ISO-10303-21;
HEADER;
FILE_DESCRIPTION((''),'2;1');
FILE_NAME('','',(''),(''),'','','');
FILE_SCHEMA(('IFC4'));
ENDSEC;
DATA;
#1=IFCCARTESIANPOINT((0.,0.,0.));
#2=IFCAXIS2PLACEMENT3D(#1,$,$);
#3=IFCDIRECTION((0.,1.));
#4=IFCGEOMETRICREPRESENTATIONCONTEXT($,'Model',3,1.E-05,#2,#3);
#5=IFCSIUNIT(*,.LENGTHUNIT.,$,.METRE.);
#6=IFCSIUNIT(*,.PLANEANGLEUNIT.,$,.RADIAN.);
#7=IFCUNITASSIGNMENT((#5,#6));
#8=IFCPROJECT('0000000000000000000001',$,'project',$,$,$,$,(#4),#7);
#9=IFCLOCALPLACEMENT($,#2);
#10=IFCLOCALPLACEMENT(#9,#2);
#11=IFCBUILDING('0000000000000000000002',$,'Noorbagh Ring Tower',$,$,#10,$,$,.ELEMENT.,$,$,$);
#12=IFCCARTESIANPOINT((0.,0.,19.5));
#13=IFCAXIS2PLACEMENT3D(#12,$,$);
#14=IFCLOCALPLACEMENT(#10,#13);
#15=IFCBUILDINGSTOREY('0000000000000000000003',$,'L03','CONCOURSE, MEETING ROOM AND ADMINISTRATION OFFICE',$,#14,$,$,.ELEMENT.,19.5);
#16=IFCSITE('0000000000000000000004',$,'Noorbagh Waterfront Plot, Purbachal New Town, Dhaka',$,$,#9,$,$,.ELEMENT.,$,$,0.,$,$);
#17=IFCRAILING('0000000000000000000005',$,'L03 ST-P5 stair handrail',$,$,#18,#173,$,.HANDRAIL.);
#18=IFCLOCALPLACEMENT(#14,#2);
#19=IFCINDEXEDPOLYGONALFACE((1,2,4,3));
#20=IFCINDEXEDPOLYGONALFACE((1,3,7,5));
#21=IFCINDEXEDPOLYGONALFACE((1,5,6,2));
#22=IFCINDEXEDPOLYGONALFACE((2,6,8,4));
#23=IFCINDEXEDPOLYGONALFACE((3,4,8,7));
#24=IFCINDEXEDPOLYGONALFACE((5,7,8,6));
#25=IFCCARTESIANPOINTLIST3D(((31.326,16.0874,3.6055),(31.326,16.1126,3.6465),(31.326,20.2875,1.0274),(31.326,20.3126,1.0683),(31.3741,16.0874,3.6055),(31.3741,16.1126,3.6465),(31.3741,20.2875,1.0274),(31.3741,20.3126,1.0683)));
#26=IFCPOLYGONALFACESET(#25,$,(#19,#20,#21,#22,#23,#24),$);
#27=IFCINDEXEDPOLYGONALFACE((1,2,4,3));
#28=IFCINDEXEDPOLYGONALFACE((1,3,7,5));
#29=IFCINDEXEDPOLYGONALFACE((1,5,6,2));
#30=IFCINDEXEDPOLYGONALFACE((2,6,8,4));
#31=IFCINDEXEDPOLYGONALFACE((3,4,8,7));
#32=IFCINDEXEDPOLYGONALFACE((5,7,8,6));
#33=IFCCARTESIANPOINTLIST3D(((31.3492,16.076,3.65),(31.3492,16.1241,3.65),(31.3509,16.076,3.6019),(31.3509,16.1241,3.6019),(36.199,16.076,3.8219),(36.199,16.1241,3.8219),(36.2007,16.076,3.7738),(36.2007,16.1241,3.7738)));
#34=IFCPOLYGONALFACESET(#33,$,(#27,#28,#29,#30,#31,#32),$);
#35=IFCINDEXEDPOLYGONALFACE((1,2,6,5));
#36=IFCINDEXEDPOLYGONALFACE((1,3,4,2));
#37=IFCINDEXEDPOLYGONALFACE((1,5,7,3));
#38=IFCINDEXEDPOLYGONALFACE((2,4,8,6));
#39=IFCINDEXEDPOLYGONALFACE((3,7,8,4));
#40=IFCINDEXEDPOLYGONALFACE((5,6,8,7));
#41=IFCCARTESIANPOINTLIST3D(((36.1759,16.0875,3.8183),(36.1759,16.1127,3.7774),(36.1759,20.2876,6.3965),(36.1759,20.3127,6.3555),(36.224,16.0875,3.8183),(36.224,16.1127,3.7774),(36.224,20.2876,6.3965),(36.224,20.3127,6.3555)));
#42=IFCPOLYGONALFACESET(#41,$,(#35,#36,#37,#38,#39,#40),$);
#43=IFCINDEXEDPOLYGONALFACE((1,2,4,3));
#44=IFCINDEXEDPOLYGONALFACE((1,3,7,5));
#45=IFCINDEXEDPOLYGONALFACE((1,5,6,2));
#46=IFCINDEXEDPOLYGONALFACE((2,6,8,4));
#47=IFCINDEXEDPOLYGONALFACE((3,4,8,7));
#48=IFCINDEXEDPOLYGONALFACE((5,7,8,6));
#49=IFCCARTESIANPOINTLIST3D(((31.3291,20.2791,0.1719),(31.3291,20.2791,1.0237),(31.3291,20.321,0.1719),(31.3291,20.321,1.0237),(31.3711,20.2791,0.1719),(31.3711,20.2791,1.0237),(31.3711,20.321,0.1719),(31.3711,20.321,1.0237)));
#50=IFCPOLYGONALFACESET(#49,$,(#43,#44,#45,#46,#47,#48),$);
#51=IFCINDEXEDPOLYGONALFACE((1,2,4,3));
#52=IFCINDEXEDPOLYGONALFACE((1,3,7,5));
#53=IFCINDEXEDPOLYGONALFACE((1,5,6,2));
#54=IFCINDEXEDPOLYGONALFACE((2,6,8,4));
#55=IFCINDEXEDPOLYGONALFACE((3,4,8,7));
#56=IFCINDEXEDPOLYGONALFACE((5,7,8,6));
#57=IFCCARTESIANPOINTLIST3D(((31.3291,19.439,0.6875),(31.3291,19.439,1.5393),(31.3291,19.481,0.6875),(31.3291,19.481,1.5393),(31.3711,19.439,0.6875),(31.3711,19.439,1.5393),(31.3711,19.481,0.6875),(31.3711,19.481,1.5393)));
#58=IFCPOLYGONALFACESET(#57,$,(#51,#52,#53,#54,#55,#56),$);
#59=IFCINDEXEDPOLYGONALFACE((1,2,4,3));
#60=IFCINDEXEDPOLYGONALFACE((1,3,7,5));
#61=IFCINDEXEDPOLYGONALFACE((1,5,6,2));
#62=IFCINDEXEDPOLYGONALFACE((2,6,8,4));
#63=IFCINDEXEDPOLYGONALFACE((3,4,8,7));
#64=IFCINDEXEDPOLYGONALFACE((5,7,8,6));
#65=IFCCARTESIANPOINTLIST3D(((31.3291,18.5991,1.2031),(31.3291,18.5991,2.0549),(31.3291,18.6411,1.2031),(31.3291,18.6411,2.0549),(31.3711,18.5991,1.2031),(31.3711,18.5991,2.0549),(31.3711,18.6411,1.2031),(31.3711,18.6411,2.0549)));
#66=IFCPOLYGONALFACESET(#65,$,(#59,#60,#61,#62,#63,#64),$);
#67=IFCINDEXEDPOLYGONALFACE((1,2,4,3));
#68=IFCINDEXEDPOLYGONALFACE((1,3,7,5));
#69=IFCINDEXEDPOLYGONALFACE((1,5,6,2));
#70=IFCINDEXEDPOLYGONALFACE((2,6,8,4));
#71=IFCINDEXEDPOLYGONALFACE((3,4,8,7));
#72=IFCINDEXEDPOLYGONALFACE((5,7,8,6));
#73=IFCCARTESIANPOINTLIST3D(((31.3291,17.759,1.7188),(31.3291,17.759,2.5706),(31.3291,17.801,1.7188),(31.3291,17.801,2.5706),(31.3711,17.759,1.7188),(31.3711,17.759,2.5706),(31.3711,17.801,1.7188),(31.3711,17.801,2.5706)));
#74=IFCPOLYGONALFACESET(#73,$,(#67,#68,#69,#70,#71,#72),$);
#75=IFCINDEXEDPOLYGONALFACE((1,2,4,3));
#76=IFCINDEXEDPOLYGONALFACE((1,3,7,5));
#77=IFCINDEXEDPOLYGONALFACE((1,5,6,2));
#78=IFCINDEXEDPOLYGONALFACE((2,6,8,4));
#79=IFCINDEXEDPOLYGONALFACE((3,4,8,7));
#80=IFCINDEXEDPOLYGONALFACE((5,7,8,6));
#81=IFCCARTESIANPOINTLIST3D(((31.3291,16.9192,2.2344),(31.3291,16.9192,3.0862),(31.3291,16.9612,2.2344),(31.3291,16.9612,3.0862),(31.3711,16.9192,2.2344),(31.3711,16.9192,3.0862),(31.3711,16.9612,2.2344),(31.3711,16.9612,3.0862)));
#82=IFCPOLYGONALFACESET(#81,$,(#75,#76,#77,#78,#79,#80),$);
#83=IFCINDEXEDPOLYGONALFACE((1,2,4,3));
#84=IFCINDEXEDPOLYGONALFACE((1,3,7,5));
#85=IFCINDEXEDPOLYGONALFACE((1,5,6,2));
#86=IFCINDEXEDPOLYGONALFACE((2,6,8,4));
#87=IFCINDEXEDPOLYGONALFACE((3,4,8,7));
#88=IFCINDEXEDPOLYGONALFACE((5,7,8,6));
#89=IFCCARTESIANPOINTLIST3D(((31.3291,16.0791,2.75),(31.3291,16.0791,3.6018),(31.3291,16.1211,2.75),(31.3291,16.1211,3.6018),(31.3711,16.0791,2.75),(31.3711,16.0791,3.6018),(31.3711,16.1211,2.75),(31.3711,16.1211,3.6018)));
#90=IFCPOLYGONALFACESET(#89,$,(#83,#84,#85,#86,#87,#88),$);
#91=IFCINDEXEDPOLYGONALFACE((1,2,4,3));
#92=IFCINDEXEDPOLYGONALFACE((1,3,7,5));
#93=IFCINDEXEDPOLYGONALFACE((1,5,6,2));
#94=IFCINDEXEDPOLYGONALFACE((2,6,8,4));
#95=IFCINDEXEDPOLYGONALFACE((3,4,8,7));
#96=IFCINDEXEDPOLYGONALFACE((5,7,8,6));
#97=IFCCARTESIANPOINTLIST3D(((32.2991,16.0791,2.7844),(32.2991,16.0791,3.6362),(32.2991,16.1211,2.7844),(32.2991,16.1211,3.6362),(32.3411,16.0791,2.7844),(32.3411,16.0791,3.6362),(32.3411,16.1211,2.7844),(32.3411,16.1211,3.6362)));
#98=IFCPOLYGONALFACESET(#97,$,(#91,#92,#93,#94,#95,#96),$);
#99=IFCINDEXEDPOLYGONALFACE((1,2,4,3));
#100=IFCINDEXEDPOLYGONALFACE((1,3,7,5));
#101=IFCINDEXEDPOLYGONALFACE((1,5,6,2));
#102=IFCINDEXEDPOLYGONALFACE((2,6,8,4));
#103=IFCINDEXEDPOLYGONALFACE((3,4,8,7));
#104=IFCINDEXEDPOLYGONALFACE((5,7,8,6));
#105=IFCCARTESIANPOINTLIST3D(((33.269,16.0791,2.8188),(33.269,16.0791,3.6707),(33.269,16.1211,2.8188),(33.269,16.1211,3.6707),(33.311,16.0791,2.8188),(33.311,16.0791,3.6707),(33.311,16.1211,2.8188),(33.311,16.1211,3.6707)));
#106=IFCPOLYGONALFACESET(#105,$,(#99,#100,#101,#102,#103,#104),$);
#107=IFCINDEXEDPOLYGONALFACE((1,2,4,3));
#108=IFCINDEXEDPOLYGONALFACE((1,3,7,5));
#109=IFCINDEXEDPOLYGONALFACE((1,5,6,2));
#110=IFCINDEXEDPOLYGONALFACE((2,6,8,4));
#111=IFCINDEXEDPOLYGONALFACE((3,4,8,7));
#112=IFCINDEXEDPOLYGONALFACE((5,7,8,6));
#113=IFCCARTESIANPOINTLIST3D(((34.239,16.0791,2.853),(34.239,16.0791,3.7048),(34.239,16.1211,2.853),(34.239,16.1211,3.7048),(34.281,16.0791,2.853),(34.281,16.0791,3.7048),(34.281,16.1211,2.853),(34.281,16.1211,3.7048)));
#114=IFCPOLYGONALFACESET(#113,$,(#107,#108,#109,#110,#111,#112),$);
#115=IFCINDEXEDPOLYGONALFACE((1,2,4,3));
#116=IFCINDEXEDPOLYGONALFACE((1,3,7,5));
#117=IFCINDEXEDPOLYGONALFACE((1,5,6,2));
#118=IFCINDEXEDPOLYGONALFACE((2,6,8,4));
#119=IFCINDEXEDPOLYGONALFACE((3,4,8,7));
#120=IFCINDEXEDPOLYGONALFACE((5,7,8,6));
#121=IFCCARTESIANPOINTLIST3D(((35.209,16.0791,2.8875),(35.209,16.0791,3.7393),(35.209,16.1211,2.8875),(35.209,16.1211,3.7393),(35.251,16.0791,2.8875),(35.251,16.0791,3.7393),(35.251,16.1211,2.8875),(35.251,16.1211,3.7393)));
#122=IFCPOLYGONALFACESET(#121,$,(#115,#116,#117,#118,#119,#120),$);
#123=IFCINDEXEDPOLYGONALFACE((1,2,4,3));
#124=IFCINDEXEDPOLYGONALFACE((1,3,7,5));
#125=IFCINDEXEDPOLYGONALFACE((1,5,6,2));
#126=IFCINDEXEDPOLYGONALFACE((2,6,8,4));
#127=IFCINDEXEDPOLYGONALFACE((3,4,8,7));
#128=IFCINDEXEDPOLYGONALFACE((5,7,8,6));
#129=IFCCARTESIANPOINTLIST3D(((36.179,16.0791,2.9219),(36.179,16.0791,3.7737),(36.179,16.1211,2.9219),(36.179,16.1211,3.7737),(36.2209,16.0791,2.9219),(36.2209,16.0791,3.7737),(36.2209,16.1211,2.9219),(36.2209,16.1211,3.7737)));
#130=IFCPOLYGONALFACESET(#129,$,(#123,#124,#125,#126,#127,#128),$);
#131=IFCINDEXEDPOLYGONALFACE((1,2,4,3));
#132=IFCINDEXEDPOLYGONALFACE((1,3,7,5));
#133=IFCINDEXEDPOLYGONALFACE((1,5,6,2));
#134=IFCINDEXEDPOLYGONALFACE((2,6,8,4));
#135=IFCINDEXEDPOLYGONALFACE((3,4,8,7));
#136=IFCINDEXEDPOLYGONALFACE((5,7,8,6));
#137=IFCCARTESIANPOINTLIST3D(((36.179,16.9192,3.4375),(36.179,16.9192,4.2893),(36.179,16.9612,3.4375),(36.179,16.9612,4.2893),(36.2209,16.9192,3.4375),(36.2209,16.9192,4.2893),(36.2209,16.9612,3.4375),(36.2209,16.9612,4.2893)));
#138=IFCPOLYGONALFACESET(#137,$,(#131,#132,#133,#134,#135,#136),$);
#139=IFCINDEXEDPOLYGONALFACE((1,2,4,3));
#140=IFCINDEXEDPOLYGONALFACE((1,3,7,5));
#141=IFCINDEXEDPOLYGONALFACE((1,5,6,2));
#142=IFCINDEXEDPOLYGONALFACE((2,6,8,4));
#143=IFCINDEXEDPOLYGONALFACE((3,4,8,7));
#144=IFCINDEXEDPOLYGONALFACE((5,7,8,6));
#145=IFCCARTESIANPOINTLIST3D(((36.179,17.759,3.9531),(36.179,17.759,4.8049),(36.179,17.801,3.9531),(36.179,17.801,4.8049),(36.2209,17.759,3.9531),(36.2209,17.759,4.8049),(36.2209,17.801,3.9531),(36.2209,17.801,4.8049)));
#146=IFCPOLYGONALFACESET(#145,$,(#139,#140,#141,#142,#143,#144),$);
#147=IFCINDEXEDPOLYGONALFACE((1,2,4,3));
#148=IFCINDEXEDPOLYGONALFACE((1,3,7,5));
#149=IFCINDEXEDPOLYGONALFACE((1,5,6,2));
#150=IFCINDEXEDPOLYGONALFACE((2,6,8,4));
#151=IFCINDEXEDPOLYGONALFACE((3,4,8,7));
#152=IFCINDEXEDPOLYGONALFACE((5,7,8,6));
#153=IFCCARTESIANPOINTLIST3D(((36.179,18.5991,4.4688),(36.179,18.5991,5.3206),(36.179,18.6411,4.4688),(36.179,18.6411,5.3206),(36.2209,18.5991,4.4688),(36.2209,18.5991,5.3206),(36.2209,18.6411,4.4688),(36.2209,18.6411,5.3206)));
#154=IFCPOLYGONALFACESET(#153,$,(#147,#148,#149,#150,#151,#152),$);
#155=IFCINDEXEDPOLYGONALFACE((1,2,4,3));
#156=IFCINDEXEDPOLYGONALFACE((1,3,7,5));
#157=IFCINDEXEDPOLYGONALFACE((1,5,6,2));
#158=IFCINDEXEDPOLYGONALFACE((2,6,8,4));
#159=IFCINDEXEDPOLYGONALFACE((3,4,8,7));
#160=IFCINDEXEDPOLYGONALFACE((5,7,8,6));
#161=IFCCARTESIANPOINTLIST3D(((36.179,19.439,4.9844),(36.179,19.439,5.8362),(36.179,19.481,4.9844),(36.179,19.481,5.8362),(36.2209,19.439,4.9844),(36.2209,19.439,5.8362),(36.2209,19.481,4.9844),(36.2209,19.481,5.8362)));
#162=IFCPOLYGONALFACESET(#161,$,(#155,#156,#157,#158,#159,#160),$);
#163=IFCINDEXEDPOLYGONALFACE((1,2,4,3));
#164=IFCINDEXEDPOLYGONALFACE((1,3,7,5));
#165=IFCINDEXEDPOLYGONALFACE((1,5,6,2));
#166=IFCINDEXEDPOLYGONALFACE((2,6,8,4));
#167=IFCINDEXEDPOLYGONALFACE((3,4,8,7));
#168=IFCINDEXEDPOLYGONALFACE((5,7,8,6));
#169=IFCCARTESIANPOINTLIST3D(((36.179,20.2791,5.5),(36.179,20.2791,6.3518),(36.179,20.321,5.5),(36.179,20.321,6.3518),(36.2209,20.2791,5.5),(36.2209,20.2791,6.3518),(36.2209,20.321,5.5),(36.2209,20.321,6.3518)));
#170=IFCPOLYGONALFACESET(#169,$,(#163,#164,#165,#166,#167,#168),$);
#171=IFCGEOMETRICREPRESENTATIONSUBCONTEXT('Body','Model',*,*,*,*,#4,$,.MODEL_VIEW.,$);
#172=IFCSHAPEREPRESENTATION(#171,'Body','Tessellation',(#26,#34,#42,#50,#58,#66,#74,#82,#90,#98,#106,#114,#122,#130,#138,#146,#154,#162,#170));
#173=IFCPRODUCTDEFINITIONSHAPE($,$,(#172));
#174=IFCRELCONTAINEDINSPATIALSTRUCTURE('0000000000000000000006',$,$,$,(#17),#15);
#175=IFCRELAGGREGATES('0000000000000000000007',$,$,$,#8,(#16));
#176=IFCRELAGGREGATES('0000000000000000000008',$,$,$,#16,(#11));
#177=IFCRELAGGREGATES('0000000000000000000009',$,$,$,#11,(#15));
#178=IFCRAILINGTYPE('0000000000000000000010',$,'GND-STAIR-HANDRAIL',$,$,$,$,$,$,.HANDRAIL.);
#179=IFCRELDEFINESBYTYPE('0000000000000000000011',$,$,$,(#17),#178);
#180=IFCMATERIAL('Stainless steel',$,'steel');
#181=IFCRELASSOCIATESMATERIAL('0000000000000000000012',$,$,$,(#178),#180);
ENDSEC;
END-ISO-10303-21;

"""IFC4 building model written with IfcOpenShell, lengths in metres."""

from ifc_helpers import new_model, si_unit, direction, frame, origin, origin_2d, place, context, subcontext, project, spatial, rectangle, extrude, material, type_object, element, save


model = new_model("IFC4")

# Units and contexts
model_context = context("Model", 3, precision=1e-05, world=origin(), true_north=direction((0.0, 1.0)))
body_context = subcontext(model_context, "Body", "Model", "MODEL_VIEW")
ifc_project = project(units=[si_unit("LENGTHUNIT", "METRE"), si_unit("PLANEANGLEUNIT", "RADIAN")], contexts=[model_context])

# Site, building, storey
site_placement = place(None, origin())
site = spatial("IfcSite", under=ifc_project, at=site_placement, Name="Noorbagh Waterfront Plot, Purbachal New Town, Dhaka", CompositionType="ELEMENT", RefElevation=0.0)
building_placement = place(site_placement, origin())
building = spatial("IfcBuilding", under=site, at=building_placement, Name="Noorbagh Ring Tower", CompositionType="ELEMENT")
storey_placement = place(building_placement, frame((0.0, 0.0, 19.5)))
storey = spatial("IfcBuildingStorey", under=building, at=storey_placement, Name="L03", Description="CONCOURSE, MEETING ROOM AND ADMINISTRATION OFFICE", CompositionType="ELEMENT", Elevation=19.5)

# Railing
ifc_material_1 = material(Name="Stainless steel", Category="steel")
railing_type_1 = type_object("IfcRailingType", Name="GND-STAIR-HANDRAIL", PredefinedType="HANDRAIL", material=ifc_material_1)
railing_1_placement = place(storey_placement, frame((31.3501, 20.3, 0.1719)))
element("IfcRailing", 1, at=railing_1_placement, inside=storey, type_object=railing_type_1, Name="L03 ST-P5 stair handrail", PredefinedType="HANDRAIL", context=body_context, shape_type="SweptSolid", body=[
    extrude(rectangle(XDim=0.0481, YDim=0.0481, at=origin_2d()), frame((0.0, 0.0, 0.876), z_axis=(0.0, -0.852243, 0.523146), x_axis=(1.0, 0.0, 0.0)), (0.0, 0.0, 1.0), 4.9282),
    extrude(rectangle(XDim=0.0481, YDim=0.0481, at=origin_2d()), frame((0.0, -4.2, 3.4541), z_axis=(0.999373, 0.0, 0.035417), x_axis=(0.0, 1.0, 0.0)), (0.0, 0.0, 1.0), 4.8528),
    extrude(rectangle(XDim=0.0481, YDim=0.0481, at=origin_2d()), frame((4.8499, -4.2, 3.626), z_axis=(0.0, 0.852243, 0.523146), x_axis=(-1.0, 0.0, 0.0)), (0.0, 0.0, 1.0), 4.9282),
    extrude(rectangle(XDim=0.042, YDim=0.042, at=origin_2d()), origin(), (0.0, 0.0, 1.0), 0.8518),
    extrude(rectangle(XDim=0.042, YDim=0.042, at=origin_2d()), frame((0.0, -0.8401, 0.5156)), (0.0, 0.0, 1.0), 0.8518),
    extrude(rectangle(XDim=0.042, YDim=0.042, at=origin_2d()), frame((0.0, -1.6799, 1.0312)), (0.0, 0.0, 1.0), 0.8518),
    extrude(rectangle(XDim=0.042, YDim=0.042, at=origin_2d()), frame((0.0, -2.52, 1.5469)), (0.0, 0.0, 1.0), 0.8518),
    extrude(rectangle(XDim=0.042, YDim=0.042, at=origin_2d()), frame((0.0, -3.3599, 2.0625)), (0.0, 0.0, 1.0), 0.8518),
    extrude(rectangle(XDim=0.042, YDim=0.042, at=origin_2d()), frame((0.0, -4.2, 2.5781)), (0.0, 0.0, 1.0), 0.8518),
    extrude(rectangle(XDim=0.042, YDim=0.042, at=origin_2d()), frame((0.97, -4.2, 2.6125)), (0.0, 0.0, 1.0), 0.8518),
    extrude(rectangle(XDim=0.042, YDim=0.042, at=origin_2d()), frame((1.9399, -4.2, 2.647)), (0.0, 0.0, 1.0), 0.8518),
    extrude(rectangle(XDim=0.042, YDim=0.042, at=origin_2d()), frame((2.9099, -4.2, 2.6812)), (0.0, 0.0, 1.0), 0.8518),
    extrude(rectangle(XDim=0.042, YDim=0.042, at=origin_2d()), frame((3.8799, -4.2, 2.7156)), (0.0, 0.0, 1.0), 0.8518),
    extrude(rectangle(XDim=0.042, YDim=0.042, at=origin_2d()), frame((4.8499, -4.2, 2.75)), (0.0, 0.0, 1.0), 0.8518),
    extrude(rectangle(XDim=0.042, YDim=0.042, at=origin_2d()), frame((4.8499, -3.3599, 3.2656)), (0.0, 0.0, 1.0), 0.8518),
    extrude(rectangle(XDim=0.042, YDim=0.042, at=origin_2d()), frame((4.8499, -2.52, 3.7812)), (0.0, 0.0, 1.0), 0.8518),
    extrude(rectangle(XDim=0.042, YDim=0.042, at=origin_2d()), frame((4.8499, -1.6799, 4.2969)), (0.0, 0.0, 1.0), 0.8518),
    extrude(rectangle(XDim=0.042, YDim=0.042, at=origin_2d()), frame((4.8499, -0.8401, 4.8125)), (0.0, 0.0, 1.0), 0.8518),
    extrude(rectangle(XDim=0.042, YDim=0.042, at=origin_2d()), frame((4.8499, 0.0, 5.3281)), (0.0, 0.0, 1.0), 0.8518),
])

save(model, "model.ifc")
